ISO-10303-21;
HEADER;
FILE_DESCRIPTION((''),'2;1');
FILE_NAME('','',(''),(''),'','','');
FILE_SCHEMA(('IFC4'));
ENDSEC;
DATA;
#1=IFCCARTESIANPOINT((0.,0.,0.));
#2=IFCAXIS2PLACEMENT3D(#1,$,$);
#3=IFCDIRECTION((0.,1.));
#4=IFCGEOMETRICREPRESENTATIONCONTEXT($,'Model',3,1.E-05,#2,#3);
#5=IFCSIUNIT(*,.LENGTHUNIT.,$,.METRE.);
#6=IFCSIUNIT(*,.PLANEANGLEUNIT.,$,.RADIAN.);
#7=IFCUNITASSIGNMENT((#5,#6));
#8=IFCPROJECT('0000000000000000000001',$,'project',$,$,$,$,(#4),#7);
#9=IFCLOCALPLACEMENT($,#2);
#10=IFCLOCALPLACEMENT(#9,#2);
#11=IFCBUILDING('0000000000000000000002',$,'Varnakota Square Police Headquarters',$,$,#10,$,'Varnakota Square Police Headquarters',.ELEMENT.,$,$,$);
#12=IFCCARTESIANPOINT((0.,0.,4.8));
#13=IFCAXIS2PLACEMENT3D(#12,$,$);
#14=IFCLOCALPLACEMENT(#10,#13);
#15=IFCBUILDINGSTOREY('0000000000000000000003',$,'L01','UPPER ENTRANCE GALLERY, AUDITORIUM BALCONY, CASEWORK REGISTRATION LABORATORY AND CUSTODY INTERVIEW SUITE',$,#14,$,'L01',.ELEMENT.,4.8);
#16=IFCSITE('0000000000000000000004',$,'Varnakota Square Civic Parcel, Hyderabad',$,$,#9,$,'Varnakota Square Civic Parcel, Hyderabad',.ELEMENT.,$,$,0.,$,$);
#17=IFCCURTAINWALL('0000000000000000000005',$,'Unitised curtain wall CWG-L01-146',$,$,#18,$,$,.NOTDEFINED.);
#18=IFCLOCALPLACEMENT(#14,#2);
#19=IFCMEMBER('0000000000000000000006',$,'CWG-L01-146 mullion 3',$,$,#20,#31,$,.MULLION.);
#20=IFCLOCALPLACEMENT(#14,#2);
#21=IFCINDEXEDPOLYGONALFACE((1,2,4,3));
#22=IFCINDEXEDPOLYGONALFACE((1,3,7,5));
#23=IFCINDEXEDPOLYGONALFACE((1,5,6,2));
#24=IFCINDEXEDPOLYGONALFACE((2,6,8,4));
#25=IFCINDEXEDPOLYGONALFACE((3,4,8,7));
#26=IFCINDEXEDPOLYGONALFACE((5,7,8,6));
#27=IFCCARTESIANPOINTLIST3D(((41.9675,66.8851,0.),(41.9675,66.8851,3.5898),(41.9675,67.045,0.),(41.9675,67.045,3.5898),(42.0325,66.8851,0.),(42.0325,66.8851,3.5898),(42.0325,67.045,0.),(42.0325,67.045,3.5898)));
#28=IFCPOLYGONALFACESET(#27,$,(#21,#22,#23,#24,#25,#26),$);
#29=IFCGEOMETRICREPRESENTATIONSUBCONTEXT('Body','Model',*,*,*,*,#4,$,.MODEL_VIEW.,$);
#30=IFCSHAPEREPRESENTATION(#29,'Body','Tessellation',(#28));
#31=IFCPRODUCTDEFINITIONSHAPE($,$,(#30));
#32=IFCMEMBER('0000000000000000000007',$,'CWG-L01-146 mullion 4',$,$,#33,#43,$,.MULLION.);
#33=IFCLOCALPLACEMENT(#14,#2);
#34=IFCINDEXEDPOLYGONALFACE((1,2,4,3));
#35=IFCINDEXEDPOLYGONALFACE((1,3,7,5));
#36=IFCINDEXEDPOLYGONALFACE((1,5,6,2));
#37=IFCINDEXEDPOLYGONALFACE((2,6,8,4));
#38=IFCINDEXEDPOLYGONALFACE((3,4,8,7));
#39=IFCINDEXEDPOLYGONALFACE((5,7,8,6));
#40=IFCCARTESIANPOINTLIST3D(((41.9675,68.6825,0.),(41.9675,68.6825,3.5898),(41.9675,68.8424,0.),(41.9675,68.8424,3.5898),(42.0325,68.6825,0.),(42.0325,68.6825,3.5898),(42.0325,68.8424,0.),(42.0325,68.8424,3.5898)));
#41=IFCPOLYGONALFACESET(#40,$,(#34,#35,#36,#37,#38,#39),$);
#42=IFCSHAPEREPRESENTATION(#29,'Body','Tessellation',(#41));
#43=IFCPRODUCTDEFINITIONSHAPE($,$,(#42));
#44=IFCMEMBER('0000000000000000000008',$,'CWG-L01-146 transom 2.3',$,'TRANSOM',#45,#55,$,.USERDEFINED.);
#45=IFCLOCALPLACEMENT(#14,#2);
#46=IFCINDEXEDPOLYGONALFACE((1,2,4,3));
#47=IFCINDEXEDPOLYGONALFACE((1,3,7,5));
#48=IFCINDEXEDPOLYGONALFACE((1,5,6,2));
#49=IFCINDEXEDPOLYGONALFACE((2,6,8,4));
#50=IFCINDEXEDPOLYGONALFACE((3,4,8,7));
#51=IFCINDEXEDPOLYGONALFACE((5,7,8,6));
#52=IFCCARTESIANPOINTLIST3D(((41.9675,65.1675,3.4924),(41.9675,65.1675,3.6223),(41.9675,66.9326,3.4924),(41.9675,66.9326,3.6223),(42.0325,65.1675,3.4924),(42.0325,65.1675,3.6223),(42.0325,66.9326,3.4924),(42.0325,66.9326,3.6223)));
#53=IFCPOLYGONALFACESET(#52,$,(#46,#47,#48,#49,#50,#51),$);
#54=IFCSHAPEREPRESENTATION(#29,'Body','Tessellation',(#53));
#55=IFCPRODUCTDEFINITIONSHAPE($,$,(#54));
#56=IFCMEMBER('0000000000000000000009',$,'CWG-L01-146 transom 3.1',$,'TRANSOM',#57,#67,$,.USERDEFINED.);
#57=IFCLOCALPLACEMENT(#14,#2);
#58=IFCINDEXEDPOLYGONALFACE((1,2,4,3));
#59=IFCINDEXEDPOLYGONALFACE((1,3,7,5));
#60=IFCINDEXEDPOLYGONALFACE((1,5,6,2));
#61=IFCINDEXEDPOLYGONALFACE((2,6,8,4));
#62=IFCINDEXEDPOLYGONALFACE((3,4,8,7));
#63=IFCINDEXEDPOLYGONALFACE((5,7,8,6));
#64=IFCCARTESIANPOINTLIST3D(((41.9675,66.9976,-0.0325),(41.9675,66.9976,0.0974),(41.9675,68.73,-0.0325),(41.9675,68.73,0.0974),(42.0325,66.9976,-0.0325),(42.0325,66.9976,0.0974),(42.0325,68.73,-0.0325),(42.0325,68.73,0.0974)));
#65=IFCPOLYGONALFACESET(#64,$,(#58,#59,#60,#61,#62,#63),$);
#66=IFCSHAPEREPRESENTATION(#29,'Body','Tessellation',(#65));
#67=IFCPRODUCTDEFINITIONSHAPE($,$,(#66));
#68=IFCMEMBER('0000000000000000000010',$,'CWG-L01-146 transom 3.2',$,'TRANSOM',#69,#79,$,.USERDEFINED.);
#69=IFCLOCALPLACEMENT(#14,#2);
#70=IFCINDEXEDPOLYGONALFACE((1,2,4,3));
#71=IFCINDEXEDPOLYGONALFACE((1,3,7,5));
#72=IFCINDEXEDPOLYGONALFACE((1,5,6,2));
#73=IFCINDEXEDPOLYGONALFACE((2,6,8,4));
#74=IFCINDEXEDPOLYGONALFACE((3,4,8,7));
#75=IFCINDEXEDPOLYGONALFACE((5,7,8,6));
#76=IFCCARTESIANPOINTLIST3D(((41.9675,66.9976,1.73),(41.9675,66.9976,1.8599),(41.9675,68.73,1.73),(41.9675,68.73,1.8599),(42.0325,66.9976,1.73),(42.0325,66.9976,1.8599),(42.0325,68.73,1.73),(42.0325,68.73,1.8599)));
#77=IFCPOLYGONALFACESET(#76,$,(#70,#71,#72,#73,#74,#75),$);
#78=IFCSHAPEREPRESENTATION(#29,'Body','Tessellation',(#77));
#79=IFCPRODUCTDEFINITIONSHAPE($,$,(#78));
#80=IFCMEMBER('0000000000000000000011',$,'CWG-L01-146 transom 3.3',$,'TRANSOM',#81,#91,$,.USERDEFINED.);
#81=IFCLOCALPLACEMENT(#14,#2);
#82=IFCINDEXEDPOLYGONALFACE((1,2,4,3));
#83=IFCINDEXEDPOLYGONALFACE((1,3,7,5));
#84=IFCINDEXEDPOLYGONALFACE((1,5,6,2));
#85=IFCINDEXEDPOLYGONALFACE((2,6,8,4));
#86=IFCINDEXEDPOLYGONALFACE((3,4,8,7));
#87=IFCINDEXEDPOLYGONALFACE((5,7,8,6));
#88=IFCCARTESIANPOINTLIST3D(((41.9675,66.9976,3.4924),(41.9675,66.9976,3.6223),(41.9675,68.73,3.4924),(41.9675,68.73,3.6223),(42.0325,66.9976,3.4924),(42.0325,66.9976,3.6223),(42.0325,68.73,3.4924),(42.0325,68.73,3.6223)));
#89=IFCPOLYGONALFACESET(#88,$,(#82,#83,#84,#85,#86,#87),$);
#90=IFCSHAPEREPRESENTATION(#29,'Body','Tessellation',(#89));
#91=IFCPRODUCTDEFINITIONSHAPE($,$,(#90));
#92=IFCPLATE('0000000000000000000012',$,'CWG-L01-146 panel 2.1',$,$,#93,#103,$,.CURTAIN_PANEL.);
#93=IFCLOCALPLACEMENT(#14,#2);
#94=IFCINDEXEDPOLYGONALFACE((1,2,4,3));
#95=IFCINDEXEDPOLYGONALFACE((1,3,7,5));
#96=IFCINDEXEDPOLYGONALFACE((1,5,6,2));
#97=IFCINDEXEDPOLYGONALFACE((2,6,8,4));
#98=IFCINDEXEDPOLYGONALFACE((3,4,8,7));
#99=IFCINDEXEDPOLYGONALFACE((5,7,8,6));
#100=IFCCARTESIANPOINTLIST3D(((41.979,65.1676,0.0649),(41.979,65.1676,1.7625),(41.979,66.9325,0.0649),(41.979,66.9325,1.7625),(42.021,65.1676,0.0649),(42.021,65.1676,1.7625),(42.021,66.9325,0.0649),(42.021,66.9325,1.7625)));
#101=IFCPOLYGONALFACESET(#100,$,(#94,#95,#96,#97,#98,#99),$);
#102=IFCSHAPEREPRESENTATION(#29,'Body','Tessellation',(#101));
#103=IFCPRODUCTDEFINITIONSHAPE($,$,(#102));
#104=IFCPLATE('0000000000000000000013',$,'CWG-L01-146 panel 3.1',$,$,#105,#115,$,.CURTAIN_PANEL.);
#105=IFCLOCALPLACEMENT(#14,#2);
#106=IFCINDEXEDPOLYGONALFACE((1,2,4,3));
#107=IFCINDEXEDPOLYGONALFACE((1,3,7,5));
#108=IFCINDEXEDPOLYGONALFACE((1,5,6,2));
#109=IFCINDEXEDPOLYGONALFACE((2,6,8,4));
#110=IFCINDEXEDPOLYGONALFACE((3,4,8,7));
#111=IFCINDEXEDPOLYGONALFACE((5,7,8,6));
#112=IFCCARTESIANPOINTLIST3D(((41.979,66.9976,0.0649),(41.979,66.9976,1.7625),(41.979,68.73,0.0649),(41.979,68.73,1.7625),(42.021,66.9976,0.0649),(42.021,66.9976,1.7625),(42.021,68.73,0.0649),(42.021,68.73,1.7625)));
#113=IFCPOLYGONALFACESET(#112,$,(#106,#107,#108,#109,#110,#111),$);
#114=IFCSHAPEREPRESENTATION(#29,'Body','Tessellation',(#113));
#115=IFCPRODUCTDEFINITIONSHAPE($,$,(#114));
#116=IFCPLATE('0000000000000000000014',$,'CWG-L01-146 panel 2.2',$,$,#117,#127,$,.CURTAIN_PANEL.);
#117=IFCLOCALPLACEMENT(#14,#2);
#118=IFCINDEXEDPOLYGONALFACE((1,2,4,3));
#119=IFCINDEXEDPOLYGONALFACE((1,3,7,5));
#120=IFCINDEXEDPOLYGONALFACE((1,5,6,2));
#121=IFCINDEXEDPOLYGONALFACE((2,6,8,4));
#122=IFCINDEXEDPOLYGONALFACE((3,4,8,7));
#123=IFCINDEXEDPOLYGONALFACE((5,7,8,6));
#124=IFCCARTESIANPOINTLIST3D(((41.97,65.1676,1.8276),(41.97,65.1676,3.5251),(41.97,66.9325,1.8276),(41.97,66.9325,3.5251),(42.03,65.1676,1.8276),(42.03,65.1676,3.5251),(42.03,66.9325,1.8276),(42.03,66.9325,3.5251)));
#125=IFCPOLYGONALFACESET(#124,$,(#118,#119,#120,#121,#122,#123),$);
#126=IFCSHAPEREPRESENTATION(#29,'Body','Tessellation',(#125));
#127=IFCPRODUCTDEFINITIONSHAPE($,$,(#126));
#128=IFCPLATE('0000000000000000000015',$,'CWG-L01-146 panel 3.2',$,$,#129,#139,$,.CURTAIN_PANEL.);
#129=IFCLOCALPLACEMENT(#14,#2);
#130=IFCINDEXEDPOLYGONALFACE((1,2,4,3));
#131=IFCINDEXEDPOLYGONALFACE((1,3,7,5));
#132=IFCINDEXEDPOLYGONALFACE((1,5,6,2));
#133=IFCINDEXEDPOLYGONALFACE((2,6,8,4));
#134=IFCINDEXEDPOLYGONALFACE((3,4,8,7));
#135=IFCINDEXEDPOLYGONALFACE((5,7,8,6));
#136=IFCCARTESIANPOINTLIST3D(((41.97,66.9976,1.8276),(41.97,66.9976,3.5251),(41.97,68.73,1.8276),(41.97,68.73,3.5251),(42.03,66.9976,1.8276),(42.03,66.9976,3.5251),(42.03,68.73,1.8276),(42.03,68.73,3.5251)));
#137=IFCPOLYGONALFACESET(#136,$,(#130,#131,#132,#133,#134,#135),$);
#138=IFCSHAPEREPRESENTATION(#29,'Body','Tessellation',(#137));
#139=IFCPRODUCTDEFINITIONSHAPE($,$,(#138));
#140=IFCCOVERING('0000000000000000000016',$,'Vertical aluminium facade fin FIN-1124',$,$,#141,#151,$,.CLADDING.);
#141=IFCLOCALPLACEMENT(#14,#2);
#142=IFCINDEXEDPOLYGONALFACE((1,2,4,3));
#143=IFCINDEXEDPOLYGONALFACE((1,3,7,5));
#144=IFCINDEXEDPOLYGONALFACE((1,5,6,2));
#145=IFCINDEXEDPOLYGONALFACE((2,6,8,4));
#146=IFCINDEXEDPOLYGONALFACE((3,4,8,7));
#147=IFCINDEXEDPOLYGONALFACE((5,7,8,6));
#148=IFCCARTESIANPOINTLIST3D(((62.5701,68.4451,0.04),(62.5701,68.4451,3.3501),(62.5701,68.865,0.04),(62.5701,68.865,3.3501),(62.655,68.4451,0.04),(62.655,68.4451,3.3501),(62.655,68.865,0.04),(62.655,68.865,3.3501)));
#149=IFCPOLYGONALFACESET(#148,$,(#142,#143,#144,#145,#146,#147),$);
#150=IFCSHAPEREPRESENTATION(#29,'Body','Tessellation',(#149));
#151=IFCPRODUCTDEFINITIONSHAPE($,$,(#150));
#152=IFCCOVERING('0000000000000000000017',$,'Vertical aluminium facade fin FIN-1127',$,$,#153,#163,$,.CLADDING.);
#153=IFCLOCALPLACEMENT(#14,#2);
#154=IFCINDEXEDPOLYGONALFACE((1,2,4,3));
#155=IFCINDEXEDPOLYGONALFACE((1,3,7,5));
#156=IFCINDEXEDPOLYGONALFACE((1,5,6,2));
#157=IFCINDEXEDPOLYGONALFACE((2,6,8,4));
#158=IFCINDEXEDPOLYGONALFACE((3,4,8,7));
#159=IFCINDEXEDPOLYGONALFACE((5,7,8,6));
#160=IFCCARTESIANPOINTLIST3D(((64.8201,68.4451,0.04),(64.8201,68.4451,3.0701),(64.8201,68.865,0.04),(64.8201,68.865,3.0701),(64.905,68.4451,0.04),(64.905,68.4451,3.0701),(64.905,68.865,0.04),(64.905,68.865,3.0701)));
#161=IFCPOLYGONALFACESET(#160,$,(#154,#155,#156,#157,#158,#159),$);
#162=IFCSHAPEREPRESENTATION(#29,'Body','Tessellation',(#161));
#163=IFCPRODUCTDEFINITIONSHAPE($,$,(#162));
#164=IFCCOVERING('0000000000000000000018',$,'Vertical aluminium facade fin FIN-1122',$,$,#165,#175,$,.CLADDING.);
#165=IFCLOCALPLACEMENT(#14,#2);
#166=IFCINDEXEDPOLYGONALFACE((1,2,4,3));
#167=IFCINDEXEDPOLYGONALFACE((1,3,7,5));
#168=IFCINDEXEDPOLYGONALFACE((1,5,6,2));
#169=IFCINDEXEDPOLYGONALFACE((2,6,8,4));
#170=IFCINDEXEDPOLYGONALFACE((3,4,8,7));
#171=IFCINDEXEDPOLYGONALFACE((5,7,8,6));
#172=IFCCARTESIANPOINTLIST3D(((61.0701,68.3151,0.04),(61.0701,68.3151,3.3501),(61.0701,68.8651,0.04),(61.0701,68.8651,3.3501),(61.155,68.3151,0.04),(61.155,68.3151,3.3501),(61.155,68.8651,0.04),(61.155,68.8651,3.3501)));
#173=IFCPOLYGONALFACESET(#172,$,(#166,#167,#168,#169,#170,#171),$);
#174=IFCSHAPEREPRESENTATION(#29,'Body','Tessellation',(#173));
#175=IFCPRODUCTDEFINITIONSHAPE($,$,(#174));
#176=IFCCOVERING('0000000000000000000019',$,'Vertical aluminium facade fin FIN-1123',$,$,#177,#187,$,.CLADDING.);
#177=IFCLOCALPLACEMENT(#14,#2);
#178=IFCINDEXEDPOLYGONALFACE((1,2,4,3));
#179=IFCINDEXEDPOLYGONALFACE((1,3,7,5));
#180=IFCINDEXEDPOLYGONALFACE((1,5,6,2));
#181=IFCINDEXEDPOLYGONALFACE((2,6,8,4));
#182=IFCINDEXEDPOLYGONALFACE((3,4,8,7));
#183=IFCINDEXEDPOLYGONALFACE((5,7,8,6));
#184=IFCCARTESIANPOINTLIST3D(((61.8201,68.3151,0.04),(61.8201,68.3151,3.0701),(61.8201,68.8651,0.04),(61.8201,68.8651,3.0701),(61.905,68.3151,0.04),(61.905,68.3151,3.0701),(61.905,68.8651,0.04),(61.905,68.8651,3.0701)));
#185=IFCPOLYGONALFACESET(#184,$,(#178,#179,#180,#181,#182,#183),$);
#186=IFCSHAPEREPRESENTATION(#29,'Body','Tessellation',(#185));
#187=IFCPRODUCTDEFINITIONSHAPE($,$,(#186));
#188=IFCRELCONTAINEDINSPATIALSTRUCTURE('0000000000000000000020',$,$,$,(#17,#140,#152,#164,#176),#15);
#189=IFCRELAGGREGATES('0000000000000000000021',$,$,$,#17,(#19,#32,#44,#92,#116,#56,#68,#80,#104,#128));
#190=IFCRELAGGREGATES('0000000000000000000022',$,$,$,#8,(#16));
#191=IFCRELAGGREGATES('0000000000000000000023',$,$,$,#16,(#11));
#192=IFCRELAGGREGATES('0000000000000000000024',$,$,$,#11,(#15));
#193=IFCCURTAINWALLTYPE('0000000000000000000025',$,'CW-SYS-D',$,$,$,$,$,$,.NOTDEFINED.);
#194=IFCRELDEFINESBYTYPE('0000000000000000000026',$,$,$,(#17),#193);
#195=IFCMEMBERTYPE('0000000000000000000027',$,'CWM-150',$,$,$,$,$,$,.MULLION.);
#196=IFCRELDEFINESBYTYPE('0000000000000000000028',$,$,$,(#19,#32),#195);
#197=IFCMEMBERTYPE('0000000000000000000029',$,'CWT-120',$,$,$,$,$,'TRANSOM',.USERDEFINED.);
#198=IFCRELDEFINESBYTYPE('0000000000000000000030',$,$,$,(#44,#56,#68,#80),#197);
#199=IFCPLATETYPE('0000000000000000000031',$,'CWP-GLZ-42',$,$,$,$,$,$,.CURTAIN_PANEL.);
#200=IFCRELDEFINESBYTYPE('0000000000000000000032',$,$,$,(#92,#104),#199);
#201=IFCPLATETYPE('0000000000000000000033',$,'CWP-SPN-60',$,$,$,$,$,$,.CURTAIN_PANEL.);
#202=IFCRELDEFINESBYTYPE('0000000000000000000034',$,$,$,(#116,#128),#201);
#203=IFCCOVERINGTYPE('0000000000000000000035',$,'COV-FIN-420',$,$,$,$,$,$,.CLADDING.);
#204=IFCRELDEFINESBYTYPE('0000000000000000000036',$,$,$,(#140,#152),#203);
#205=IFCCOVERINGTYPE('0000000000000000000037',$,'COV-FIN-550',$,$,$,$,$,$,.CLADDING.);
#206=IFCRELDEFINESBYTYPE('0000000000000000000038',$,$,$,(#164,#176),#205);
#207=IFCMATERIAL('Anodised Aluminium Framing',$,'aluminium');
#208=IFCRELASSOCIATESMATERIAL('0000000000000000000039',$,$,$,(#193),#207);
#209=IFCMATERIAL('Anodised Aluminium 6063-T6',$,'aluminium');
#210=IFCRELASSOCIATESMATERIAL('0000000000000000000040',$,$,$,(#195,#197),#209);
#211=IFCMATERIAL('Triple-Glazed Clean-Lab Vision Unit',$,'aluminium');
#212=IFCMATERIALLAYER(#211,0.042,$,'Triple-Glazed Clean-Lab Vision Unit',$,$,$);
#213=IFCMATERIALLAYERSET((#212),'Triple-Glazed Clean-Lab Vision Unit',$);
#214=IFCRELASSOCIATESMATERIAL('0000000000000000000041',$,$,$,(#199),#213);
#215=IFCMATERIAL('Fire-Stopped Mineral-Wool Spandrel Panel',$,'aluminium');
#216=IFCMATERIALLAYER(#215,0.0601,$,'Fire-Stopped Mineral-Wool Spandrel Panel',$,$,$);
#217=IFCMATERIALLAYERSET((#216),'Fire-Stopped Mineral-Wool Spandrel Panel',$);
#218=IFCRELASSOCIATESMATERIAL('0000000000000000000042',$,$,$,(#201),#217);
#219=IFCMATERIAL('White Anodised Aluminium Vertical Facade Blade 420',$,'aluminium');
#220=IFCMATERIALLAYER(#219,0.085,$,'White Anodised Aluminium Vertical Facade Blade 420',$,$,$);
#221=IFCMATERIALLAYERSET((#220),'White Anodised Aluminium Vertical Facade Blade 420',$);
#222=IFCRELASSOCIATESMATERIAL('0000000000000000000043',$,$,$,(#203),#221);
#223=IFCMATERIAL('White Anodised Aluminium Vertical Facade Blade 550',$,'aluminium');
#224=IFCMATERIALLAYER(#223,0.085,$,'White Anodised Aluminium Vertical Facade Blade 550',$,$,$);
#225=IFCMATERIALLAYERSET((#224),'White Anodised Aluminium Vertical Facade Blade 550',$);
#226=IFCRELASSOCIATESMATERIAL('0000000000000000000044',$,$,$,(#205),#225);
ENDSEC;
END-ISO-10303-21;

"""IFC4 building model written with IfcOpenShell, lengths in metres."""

from ifc_helpers import new_model, si_unit, direction, frame, origin, origin_2d, place, context, subcontext, project, spatial, rectangle, extrude, material, layer, layer_set, material_profile, profile_set, type_object, element, aggregate, save


model = new_model("IFC4")

# Units and contexts
model_context = context("Model", 3, precision=1e-05, world=origin(), true_north=direction((0.0, 1.0)))
body_context = subcontext(model_context, "Body", "Model", "MODEL_VIEW")
ifc_project = project(units=[si_unit("LENGTHUNIT", "METRE"), si_unit("PLANEANGLEUNIT", "RADIAN")], contexts=[model_context])

# Site, building, storey
site_placement = place(None, origin())
site = spatial("IfcSite", under=ifc_project, at=site_placement, Name="Varnakota Square Civic Parcel, Hyderabad", LongName="Varnakota Square Civic Parcel, Hyderabad", CompositionType="ELEMENT", RefElevation=0.0)
building_placement = place(site_placement, origin())
building = spatial("IfcBuilding", under=site, at=building_placement, Name="Varnakota Square Police Headquarters", LongName="Varnakota Square Police Headquarters", CompositionType="ELEMENT")
storey_placement = place(building_placement, frame((0.0, 0.0, 4.8)))
storey = spatial("IfcBuildingStorey", under=building, at=storey_placement, Name="L01", Description="UPPER ENTRANCE GALLERY, AUDITORIUM BALCONY, CASEWORK REGISTRATION LABORATORY AND CUSTODY INTERVIEW SUITE", LongName="L01", CompositionType="ELEMENT", Elevation=4.8)

# Curtain wall, members, plates
ifc_material_1 = material(Name="Anodised Aluminium Framing", Category="aluminium")
curtain_wall_type = type_object("IfcCurtainWallType", Name="CW-SYS-D", PredefinedType="NOTDEFINED", material=ifc_material_1)
curtain_wall_placement = place(storey_placement, origin())
curtain_wall = element("IfcCurtainWall", 1, at=curtain_wall_placement, inside=storey, type_object=curtain_wall_type, Name="Unitised curtain wall CWG-L01-146", PredefinedType="NOTDEFINED")
ifc_material_2 = material(Name="Anodised Aluminium 6063-T6", Category="aluminium")
ifc_material_profile_1 = material_profile(ifc_material_2, rectangle(XDim=0.0649, YDim=0.1599, at=origin_2d()), Name="ALU MULLION 65x160")
ifc_profile_set_1 = profile_set([ifc_material_profile_1], Name="Anodised Aluminium 6063-T6")
member_type_1 = type_object("IfcMemberType", Name="CWM-150", PredefinedType="MULLION", material=ifc_profile_set_1)
member_1_placement = place(storey_placement, frame((42.0, 66.9651, 0.0), z_axis=(0.0, 0.0, 1.0), x_axis=(-1.0, 0.0, 0.0)))
member_1 = element("IfcMember", 2, at=member_1_placement, type_object=member_type_1, Name="CWG-L01-146 mullion 3", PredefinedType="MULLION", context=body_context, shape_type="SweptSolid", body=[
    extrude(rectangle(XDim=0.0649, YDim=0.1599, at=origin_2d()), origin(), (0.0, 0.0, 1.0), 3.5898),
])
member_2_placement = place(storey_placement, frame((42.0, 68.7625, 0.0), z_axis=(0.0, 0.0, 1.0), x_axis=(-1.0, 0.0, 0.0)))
member_2 = element("IfcMember", 3, at=member_2_placement, type_object=member_type_1, Name="CWG-L01-146 mullion 4", PredefinedType="MULLION", context=body_context, shape_type="SweptSolid", body=[
    extrude(rectangle(XDim=0.0649, YDim=0.1599, at=origin_2d()), origin(), (0.0, 0.0, 1.0), 3.5898),
])
ifc_material_profile_2 = material_profile(ifc_material_2, rectangle(XDim=0.0649, YDim=0.1299, at=origin_2d()), Name="ALU TRANSOM 65x130")
ifc_profile_set_2 = profile_set([ifc_material_profile_2], Name="Anodised Aluminium 6063-T6")
member_type_2 = type_object("IfcMemberType", Name="CWT-120", ElementType="TRANSOM", PredefinedType="USERDEFINED", material=ifc_profile_set_2)
member_3_placement = place(storey_placement, frame((42.0, 65.1675, 3.5574), z_axis=(0.0, 1.0, 0.0), x_axis=(-1.0, 0.0, 0.0)))
member_3 = element("IfcMember", 4, at=member_3_placement, type_object=member_type_2, Name="CWG-L01-146 transom 2.3", ObjectType="TRANSOM", PredefinedType="USERDEFINED", context=body_context, shape_type="SweptSolid", body=[
    extrude(rectangle(XDim=0.0649, YDim=0.1299, at=origin_2d()), origin(), (0.0, 0.0, 1.0), 1.7651),
])
member_4_placement = place(storey_placement, frame((42.0, 66.9976, 0.0325), z_axis=(0.0, 1.0, 0.0), x_axis=(-1.0, 0.0, 0.0)))
member_4 = element("IfcMember", 5, at=member_4_placement, type_object=member_type_2, Name="CWG-L01-146 transom 3.1", ObjectType="TRANSOM", PredefinedType="USERDEFINED", context=body_context, shape_type="SweptSolid", body=[
    extrude(rectangle(XDim=0.0649, YDim=0.1299, at=origin_2d()), origin(), (0.0, 0.0, 1.0), 1.7324),
])
member_5_placement = place(storey_placement, frame((42.0, 66.9976, 1.7949), z_axis=(0.0, 1.0, 0.0), x_axis=(-1.0, 0.0, 0.0)))
member_5 = element("IfcMember", 6, at=member_5_placement, type_object=member_type_2, Name="CWG-L01-146 transom 3.2", ObjectType="TRANSOM", PredefinedType="USERDEFINED", context=body_context, shape_type="SweptSolid", body=[
    extrude(rectangle(XDim=0.0649, YDim=0.1299, at=origin_2d()), origin(), (0.0, 0.0, 1.0), 1.7324),
])
member_6_placement = place(storey_placement, frame((42.0, 66.9976, 3.5574), z_axis=(0.0, 1.0, 0.0), x_axis=(-1.0, 0.0, 0.0)))
member_6 = element("IfcMember", 7, at=member_6_placement, type_object=member_type_2, Name="CWG-L01-146 transom 3.3", ObjectType="TRANSOM", PredefinedType="USERDEFINED", context=body_context, shape_type="SweptSolid", body=[
    extrude(rectangle(XDim=0.0649, YDim=0.1299, at=origin_2d()), origin(), (0.0, 0.0, 1.0), 1.7324),
])
ifc_material_3 = material(Name="Triple-Glazed Clean-Lab Vision Unit", Category="aluminium")
ifc_layer_1 = layer(ifc_material_3, 0.042, Name="Triple-Glazed Clean-Lab Vision Unit")
ifc_layer_set_1 = layer_set([ifc_layer_1], Name="Triple-Glazed Clean-Lab Vision Unit")
plate_type_1 = type_object("IfcPlateType", Name="CWP-GLZ-42", PredefinedType="CURTAIN_PANEL", material=ifc_layer_set_1)
plate_1_placement = place(storey_placement, frame((42.0, 66.05, 0.0649), z_axis=(0.0, 0.0, 1.0), x_axis=(0.0, 1.0, 0.0)))
plate_1 = element("IfcPlate", 8, at=plate_1_placement, type_object=plate_type_1, Name="CWG-L01-146 panel 2.1", PredefinedType="CURTAIN_PANEL", context=body_context, shape_type="SweptSolid", body=[
    extrude(rectangle(XDim=1.7649, YDim=0.042, at=origin_2d()), origin(), (0.0, 0.0, 1.0), 1.6975),
])
plate_2_placement = place(storey_placement, frame((42.0, 67.8638, 0.0649), z_axis=(0.0, 0.0, 1.0), x_axis=(0.0, 1.0, 0.0)))
plate_2 = element("IfcPlate", 9, at=plate_2_placement, type_object=plate_type_1, Name="CWG-L01-146 panel 3.1", PredefinedType="CURTAIN_PANEL", context=body_context, shape_type="SweptSolid", body=[
    extrude(rectangle(XDim=1.7324, YDim=0.042, at=origin_2d()), origin(), (0.0, 0.0, 1.0), 1.6975),
])
ifc_material_4 = material(Name="Fire-Stopped Mineral-Wool Spandrel Panel", Category="aluminium")
ifc_layer_2 = layer(ifc_material_4, 0.0601, Name="Fire-Stopped Mineral-Wool Spandrel Panel")
ifc_layer_set_2 = layer_set([ifc_layer_2], Name="Fire-Stopped Mineral-Wool Spandrel Panel")
plate_type_2 = type_object("IfcPlateType", Name="CWP-SPN-60", PredefinedType="CURTAIN_PANEL", material=ifc_layer_set_2)
plate_3_placement = place(storey_placement, frame((42.0, 66.05, 1.8276), z_axis=(0.0, 0.0, 1.0), x_axis=(0.0, 1.0, 0.0)))
plate_3 = element("IfcPlate", 10, at=plate_3_placement, type_object=plate_type_2, Name="CWG-L01-146 panel 2.2", PredefinedType="CURTAIN_PANEL", context=body_context, shape_type="SweptSolid", body=[
    extrude(rectangle(XDim=1.7649, YDim=0.0601, at=origin_2d()), origin(), (0.0, 0.0, 1.0), 1.6975),
])
plate_4_placement = place(storey_placement, frame((42.0, 67.8638, 1.8276), z_axis=(0.0, 0.0, 1.0), x_axis=(0.0, 1.0, 0.0)))
plate_4 = element("IfcPlate", 11, at=plate_4_placement, type_object=plate_type_2, Name="CWG-L01-146 panel 3.2", PredefinedType="CURTAIN_PANEL", context=body_context, shape_type="SweptSolid", body=[
    extrude(rectangle(XDim=1.7324, YDim=0.0601, at=origin_2d()), origin(), (0.0, 0.0, 1.0), 1.6975),
])
aggregate(curtain_wall, [member_1, member_2, member_3, plate_1, plate_3, member_4, member_5, member_6, plate_2, plate_4])

# Coverings
ifc_material_5 = material(Name="White Anodised Aluminium Vertical Facade Blade 420", Category="aluminium")
ifc_layer_3 = layer(ifc_material_5, 0.085, Name="White Anodised Aluminium Vertical Facade Blade 420")
ifc_layer_set_3 = layer_set([ifc_layer_3], Name="White Anodised Aluminium Vertical Facade Blade 420")
covering_type_1 = type_object("IfcCoveringType", Name="COV-FIN-420", PredefinedType="CLADDING", material=ifc_layer_set_3)
covering_1_placement = place(storey_placement, frame((62.6125, 68.655, 0.04), z_axis=(0.0, 0.0, 1.0), x_axis=(1.0, 0.0, 0.0)))
element("IfcCovering", 12, at=covering_1_placement, inside=storey, type_object=covering_type_1, Name="Vertical aluminium facade fin FIN-1124", PredefinedType="CLADDING", context=body_context, shape_type="SweptSolid", body=[
    extrude(rectangle(XDim=0.085, YDim=0.4199, at=origin_2d()), origin(), (0.0, 0.0, 1.0), 3.3101),
])
covering_2_placement = place(storey_placement, frame((64.8625, 68.655, 0.04), z_axis=(0.0, 0.0, 1.0), x_axis=(1.0, 0.0, 0.0)))
element("IfcCovering", 13, at=covering_2_placement, inside=storey, type_object=covering_type_1, Name="Vertical aluminium facade fin FIN-1127", PredefinedType="CLADDING", context=body_context, shape_type="SweptSolid", body=[
    extrude(rectangle(XDim=0.085, YDim=0.4199, at=origin_2d()), origin(), (0.0, 0.0, 1.0), 3.03),
])
ifc_material_6 = material(Name="White Anodised Aluminium Vertical Facade Blade 550", Category="aluminium")
ifc_layer_4 = layer(ifc_material_6, 0.085, Name="White Anodised Aluminium Vertical Facade Blade 550")
ifc_layer_set_4 = layer_set([ifc_layer_4], Name="White Anodised Aluminium Vertical Facade Blade 550")
covering_type_2 = type_object("IfcCoveringType", Name="COV-FIN-550", PredefinedType="CLADDING", material=ifc_layer_set_4)
covering_3_placement = place(storey_placement, frame((61.1125, 68.5901, 0.04), z_axis=(0.0, 0.0, 1.0), x_axis=(1.0, 0.0, 0.0)))
element("IfcCovering", 14, at=covering_3_placement, inside=storey, type_object=covering_type_2, Name="Vertical aluminium facade fin FIN-1122", PredefinedType="CLADDING", context=body_context, shape_type="SweptSolid", body=[
    extrude(rectangle(XDim=0.085, YDim=0.55, at=origin_2d()), origin(), (0.0, 0.0, 1.0), 3.3101),
])
for number, where, z_axis, x_axis, name in (
    (15, (61.8625, 68.5901, 0.04), (0.0, 0.0, 1.0), (1.0, 0.0, 0.0), "Vertical aluminium facade fin FIN-1123"),
):
    element("IfcCovering", number, at=place(storey_placement, frame(where, z_axis=z_axis, x_axis=x_axis)), inside=storey, type_object=covering_type_2, Name=name, PredefinedType="CLADDING", context=body_context, shape_type="SweptSolid", body=[
        extrude(rectangle(XDim=0.085, YDim=0.55, at=origin_2d()), origin(), (0.0, 0.0, 1.0), 3.03),
    ])

save(model, "model.ifc")
